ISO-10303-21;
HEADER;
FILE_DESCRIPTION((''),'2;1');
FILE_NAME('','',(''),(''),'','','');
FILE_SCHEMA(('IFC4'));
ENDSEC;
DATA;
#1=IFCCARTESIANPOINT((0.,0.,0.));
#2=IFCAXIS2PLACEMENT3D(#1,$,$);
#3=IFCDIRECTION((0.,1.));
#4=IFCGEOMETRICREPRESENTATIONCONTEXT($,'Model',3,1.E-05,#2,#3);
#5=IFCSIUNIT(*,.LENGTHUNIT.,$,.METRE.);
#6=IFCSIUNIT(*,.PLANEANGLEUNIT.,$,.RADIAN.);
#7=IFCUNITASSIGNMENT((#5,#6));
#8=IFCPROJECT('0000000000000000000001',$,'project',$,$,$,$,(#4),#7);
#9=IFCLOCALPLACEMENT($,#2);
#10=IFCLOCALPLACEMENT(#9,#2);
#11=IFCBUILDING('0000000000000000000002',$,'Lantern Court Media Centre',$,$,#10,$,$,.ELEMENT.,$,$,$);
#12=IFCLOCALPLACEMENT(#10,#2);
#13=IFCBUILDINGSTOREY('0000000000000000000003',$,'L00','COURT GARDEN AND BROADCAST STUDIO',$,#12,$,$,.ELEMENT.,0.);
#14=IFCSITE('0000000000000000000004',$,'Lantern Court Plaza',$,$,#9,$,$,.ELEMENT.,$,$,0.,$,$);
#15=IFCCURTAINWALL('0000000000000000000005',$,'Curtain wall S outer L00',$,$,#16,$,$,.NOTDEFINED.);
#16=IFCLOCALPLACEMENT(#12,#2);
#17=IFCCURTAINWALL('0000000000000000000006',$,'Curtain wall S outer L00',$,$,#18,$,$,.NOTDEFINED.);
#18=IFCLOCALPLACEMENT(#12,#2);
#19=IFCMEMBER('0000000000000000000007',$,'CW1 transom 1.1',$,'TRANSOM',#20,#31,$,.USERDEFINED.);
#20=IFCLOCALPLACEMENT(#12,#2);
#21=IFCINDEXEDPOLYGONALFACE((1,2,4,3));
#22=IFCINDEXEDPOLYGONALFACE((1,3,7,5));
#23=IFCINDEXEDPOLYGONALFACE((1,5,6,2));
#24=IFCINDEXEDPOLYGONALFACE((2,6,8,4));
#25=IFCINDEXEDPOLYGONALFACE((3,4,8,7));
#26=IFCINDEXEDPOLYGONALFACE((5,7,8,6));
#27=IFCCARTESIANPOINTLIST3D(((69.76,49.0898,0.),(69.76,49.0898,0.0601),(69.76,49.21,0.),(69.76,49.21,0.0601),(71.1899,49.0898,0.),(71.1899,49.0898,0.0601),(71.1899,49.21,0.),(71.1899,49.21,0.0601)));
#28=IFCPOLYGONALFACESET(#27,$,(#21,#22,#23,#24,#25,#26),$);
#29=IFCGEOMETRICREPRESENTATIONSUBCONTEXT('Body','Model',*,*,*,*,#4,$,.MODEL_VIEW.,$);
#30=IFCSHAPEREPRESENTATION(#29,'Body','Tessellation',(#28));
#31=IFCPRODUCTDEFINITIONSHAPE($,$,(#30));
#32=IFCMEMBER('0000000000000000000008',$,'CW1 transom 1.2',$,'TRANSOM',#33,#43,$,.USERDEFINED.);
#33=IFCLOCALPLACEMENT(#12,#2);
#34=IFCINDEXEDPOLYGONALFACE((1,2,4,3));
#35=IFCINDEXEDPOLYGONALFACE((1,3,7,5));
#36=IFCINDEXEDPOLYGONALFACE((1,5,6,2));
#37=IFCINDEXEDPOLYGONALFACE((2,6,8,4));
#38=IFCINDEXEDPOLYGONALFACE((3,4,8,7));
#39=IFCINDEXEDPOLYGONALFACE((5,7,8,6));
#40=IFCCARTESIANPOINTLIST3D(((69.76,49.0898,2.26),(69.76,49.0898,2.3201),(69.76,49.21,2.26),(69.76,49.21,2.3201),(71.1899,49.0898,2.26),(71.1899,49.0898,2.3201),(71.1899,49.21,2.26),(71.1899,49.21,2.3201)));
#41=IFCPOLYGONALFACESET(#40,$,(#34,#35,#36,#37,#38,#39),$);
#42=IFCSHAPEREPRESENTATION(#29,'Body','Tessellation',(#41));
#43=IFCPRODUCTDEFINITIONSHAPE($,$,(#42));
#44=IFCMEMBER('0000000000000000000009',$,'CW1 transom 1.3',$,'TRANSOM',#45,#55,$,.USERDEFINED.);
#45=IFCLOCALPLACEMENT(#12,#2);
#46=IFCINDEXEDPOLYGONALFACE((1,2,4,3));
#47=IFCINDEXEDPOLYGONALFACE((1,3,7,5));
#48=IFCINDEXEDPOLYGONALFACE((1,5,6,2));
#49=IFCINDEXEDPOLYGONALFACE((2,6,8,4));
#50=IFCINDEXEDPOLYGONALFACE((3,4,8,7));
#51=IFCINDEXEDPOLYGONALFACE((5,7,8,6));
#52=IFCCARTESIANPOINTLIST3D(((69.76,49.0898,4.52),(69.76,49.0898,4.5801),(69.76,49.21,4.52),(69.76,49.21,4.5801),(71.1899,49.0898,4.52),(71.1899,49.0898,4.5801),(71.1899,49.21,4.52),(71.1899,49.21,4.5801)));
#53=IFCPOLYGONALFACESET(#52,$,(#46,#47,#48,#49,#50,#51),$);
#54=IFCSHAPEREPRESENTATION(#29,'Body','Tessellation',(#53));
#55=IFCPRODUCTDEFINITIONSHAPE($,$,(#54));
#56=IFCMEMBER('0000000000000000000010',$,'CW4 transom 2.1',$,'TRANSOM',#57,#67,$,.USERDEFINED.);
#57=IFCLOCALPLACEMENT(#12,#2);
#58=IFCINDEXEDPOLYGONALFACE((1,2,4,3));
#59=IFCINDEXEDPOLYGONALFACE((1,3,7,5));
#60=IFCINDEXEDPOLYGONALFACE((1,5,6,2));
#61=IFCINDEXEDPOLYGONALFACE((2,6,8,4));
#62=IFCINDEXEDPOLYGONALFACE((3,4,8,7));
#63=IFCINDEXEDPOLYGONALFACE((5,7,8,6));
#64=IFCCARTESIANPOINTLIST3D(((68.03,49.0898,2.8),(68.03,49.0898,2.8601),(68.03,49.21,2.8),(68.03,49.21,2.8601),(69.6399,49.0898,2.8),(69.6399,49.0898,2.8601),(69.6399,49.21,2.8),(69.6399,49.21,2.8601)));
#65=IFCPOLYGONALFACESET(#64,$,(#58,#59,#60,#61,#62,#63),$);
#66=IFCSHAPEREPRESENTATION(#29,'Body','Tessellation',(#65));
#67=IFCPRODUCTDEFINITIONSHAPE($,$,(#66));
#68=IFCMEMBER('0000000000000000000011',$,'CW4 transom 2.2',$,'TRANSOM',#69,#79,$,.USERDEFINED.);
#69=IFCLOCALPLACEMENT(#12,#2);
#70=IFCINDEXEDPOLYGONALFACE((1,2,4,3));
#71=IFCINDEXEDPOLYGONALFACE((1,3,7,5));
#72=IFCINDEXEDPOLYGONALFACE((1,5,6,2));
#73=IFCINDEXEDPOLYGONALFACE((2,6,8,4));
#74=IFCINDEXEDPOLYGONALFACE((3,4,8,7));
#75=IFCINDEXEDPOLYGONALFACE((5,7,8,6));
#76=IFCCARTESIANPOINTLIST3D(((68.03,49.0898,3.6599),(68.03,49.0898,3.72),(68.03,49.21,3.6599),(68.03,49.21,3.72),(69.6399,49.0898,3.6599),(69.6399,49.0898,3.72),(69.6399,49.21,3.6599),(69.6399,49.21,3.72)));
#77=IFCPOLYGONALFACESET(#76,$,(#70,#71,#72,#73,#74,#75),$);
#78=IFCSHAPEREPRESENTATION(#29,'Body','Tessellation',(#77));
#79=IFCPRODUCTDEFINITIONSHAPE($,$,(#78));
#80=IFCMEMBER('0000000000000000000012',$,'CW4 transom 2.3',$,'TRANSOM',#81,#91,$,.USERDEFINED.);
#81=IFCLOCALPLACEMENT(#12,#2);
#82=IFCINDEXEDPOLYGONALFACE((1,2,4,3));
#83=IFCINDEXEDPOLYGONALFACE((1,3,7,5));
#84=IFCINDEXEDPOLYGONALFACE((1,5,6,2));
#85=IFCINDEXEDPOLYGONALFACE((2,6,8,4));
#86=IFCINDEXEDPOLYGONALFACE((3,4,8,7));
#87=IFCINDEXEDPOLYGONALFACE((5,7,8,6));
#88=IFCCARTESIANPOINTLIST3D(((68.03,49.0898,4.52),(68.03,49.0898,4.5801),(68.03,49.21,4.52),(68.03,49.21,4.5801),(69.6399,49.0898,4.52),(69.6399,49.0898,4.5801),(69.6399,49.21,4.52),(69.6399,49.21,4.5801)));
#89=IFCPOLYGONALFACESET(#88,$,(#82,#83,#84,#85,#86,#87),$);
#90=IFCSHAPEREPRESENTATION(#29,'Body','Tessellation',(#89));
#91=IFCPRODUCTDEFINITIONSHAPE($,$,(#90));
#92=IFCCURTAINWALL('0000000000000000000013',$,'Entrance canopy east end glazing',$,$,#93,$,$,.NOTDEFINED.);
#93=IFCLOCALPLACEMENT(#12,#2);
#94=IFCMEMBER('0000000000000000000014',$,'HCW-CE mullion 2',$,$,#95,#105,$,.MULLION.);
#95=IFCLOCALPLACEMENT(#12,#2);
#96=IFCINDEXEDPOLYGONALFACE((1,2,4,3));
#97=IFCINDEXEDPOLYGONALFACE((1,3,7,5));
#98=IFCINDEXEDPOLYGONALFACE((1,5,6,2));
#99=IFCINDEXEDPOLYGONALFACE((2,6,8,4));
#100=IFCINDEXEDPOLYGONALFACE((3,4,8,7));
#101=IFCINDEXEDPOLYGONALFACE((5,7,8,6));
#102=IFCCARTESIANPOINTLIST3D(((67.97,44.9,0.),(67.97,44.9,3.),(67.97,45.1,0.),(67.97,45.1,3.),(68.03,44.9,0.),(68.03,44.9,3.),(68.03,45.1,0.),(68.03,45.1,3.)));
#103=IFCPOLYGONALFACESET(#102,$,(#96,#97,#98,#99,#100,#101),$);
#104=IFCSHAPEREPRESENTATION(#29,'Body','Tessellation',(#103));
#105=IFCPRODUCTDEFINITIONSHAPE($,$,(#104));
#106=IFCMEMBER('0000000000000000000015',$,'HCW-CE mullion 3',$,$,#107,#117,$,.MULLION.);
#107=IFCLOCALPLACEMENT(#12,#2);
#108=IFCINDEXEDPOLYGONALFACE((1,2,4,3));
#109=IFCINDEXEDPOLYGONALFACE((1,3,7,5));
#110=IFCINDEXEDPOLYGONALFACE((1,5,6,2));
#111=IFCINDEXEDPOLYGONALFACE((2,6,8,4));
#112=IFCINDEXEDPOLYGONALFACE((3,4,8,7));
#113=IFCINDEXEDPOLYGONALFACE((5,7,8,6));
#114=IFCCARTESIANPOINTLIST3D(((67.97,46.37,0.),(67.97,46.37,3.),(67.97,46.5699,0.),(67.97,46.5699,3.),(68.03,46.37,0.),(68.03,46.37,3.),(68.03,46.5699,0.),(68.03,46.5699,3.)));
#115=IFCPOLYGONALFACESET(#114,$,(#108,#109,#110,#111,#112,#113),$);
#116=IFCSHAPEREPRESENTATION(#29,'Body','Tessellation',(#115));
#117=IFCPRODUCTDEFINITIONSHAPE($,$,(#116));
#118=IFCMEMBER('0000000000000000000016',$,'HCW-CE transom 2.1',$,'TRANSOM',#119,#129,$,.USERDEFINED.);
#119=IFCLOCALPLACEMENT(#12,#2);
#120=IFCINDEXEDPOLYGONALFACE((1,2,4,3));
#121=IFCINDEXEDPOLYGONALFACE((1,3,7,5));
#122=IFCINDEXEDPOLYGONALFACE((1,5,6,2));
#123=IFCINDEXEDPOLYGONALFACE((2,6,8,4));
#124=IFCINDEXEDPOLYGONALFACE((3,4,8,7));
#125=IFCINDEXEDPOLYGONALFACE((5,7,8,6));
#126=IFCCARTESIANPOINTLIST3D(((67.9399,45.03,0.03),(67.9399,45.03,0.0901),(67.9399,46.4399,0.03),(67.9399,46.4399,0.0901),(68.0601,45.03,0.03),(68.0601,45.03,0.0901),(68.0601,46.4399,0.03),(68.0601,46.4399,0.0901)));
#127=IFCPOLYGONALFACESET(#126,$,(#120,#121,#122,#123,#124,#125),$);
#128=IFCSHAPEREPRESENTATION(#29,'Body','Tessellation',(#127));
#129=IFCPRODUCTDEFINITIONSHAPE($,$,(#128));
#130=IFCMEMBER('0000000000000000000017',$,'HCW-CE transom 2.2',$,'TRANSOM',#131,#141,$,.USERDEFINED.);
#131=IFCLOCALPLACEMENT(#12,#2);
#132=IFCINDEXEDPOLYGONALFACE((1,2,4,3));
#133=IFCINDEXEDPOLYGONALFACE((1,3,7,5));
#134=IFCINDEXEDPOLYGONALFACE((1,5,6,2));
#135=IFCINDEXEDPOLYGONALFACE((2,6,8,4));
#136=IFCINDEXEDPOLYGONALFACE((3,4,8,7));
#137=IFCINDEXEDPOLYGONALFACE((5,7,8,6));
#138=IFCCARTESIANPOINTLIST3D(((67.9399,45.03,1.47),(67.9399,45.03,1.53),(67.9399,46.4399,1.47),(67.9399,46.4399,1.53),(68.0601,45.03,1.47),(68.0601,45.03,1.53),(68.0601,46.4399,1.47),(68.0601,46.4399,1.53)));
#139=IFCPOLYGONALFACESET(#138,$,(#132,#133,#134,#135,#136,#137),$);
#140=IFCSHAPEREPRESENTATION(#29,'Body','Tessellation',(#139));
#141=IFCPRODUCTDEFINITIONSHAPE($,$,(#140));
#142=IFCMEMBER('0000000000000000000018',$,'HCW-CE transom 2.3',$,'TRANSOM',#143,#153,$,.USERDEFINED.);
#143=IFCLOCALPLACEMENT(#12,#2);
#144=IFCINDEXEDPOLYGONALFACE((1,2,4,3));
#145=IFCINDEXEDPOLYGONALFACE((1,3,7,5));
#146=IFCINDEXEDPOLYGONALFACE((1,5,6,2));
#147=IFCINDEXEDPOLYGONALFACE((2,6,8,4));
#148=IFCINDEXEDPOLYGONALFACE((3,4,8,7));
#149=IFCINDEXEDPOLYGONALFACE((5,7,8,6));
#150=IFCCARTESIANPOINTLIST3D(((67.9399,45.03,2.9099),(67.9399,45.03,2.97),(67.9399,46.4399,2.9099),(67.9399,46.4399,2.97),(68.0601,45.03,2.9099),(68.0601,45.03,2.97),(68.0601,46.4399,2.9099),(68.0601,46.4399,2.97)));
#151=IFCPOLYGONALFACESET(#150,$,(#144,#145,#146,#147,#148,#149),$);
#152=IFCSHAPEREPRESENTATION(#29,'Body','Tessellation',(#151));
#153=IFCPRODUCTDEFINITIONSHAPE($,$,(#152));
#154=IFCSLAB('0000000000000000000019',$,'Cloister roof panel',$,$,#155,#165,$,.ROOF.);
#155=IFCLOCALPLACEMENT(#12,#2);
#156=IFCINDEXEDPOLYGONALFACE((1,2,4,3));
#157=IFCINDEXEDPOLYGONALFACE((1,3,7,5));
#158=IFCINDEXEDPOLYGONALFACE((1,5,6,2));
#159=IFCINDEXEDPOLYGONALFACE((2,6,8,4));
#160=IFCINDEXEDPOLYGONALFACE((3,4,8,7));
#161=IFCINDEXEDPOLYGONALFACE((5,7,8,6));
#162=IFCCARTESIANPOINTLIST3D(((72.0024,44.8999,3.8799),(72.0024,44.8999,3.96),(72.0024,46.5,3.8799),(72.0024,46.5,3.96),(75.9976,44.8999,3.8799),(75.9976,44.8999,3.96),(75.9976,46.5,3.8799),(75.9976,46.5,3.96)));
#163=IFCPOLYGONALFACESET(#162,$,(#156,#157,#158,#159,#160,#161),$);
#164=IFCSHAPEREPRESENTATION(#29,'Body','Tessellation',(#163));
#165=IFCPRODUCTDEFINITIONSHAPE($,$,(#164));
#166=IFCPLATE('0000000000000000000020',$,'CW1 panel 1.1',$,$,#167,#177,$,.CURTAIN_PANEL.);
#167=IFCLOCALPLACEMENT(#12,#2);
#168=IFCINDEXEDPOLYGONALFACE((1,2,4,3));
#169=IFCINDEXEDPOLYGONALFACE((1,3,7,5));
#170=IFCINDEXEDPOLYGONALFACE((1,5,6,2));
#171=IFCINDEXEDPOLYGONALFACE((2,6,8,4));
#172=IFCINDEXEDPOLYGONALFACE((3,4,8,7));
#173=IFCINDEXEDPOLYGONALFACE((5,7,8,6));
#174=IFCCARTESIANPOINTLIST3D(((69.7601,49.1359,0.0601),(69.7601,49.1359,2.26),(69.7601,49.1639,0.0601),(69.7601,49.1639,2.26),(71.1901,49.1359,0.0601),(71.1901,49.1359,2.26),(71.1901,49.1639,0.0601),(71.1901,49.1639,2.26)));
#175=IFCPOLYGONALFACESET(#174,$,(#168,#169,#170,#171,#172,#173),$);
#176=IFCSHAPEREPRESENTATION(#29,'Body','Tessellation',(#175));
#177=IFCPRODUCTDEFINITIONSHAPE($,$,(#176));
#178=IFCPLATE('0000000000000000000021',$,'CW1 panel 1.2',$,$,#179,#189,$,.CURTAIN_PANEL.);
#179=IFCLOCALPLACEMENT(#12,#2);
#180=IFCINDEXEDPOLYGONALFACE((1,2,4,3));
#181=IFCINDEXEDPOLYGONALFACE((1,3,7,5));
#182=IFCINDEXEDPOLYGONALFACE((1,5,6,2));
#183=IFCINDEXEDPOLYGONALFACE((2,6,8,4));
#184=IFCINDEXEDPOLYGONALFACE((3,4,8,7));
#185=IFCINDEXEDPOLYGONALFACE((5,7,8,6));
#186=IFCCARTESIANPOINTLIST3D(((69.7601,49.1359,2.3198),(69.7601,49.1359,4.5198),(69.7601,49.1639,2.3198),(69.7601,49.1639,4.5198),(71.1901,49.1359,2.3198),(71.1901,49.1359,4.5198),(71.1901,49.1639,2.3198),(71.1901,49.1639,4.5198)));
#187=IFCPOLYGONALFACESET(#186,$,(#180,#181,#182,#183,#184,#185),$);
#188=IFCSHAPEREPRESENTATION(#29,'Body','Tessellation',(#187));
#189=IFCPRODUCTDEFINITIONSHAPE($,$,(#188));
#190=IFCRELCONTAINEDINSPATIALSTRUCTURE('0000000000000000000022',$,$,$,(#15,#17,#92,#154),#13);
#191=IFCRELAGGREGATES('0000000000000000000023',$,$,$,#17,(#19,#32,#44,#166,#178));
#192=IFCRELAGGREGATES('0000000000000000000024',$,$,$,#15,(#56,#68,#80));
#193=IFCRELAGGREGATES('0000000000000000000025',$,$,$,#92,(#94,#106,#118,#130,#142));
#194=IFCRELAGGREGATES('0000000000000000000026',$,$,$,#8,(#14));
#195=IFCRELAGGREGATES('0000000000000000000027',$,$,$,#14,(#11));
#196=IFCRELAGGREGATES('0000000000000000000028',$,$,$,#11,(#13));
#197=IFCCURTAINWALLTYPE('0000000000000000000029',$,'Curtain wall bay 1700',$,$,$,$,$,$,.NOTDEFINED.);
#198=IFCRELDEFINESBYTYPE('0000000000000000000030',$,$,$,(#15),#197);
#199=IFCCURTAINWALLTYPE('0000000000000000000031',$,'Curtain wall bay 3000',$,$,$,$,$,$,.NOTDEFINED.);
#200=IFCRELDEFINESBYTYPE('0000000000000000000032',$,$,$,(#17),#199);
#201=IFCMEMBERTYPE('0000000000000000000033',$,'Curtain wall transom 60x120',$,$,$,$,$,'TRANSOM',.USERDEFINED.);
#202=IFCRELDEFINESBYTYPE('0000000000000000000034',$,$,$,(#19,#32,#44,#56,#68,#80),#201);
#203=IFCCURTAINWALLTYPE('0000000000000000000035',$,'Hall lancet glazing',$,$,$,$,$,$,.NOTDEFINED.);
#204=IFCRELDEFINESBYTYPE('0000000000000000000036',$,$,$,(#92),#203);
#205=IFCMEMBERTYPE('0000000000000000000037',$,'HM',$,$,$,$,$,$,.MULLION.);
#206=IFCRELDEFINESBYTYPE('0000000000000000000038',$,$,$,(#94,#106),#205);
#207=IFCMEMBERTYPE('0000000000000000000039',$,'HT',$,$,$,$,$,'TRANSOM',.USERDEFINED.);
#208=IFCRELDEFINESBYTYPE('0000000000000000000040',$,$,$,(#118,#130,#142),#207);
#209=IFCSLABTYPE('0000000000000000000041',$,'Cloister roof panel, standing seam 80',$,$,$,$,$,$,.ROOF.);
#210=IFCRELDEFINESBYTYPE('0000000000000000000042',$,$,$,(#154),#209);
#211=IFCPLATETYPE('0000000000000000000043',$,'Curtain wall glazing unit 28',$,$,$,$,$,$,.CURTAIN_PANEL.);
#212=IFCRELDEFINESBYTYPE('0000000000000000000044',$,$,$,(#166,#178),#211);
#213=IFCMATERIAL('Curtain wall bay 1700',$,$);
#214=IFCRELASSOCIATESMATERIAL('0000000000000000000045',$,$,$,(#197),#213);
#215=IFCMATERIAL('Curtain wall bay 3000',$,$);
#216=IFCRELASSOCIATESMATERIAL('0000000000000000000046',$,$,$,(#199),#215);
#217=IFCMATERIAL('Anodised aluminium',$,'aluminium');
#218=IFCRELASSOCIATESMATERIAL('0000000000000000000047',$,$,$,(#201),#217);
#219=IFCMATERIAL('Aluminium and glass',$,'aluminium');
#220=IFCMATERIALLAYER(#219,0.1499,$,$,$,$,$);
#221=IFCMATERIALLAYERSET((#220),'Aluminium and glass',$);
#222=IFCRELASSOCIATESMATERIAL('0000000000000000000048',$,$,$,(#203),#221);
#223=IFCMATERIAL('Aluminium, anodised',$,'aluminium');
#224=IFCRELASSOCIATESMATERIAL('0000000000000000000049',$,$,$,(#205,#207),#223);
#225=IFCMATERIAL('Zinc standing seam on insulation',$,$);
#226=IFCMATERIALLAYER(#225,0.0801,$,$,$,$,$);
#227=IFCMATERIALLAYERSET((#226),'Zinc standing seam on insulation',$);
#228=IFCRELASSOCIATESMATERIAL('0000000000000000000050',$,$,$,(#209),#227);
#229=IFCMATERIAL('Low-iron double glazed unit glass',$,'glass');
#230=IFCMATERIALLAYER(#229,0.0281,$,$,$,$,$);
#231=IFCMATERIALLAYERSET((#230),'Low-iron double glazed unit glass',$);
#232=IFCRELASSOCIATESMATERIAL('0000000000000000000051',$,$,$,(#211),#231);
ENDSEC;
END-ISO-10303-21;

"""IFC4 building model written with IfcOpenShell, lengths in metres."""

from ifc_helpers import new_model, si_unit, direction, frame, origin, origin_2d, place, context, subcontext, project, spatial, polyline, rectangle, outline, extrude, material, layer, layer_set, material_profile, profile_set, type_object, element, aggregate, save


model = new_model("IFC4")

# Units and contexts
model_context = context("Model", 3, precision=1e-05, world=origin(), true_north=direction((0.0, 1.0)))
body_context = subcontext(model_context, "Body", "Model", "MODEL_VIEW")
ifc_project = project(units=[si_unit("LENGTHUNIT", "METRE"), si_unit("PLANEANGLEUNIT", "RADIAN")], contexts=[model_context])

# Site, building, storey
site_placement = place(None, origin())
site = spatial("IfcSite", under=ifc_project, at=site_placement, Name="Lantern Court Plaza", CompositionType="ELEMENT", RefElevation=0.0)
building_placement = place(site_placement, origin())
building = spatial("IfcBuilding", under=site, at=building_placement, Name="Lantern Court Media Centre", CompositionType="ELEMENT")
storey_placement = place(building_placement, origin())
storey = spatial("IfcBuildingStorey", under=building, at=storey_placement, Name="L00", Description="COURT GARDEN AND BROADCAST STUDIO", CompositionType="ELEMENT", Elevation=0.0)

# Curtain walls, members
ifc_material_1 = material(Name="Curtain wall bay 1700")
curtain_wall_type_1 = type_object("IfcCurtainWallType", Name="Curtain wall bay 1700", PredefinedType="NOTDEFINED", material=ifc_material_1)
curtain_wall_1_placement = place(storey_placement, origin())
curtain_wall_1 = element("IfcCurtainWall", 1, at=curtain_wall_1_placement, inside=storey, type_object=curtain_wall_type_1, Name="Curtain wall S outer L00", PredefinedType="NOTDEFINED")
ifc_material_2 = material(Name="Anodised aluminium", Category="aluminium")
ifc_material_3 = material(Name="Curtain wall bay 3000")
curtain_wall_type_2 = type_object("IfcCurtainWallType", Name="Curtain wall bay 3000", PredefinedType="NOTDEFINED", material=ifc_material_3)
curtain_wall_2_placement = place(storey_placement, origin())
curtain_wall_2 = element("IfcCurtainWall", 2, at=curtain_wall_2_placement, inside=storey, type_object=curtain_wall_type_2, Name="Curtain wall S outer L00", PredefinedType="NOTDEFINED")
ifc_material_profile_1 = material_profile(ifc_material_2, rectangle(XDim=0.1201, YDim=0.0601, at=origin_2d()), Name="AL 60x120")
ifc_profile_set_1 = profile_set([ifc_material_profile_1], Name="Anodised aluminium")
member_type_1 = type_object("IfcMemberType", Name="Curtain wall transom 60x120", ElementType="TRANSOM", PredefinedType="USERDEFINED", material=ifc_profile_set_1)
member_1_placement = place(storey_placement, frame((69.76, 49.1499, 0.03), z_axis=(1.0, 0.0, 0.0), x_axis=(0.0, 1.0, 0.0)))
member_1 = element("IfcMember", 3, at=member_1_placement, type_object=member_type_1, Name="CW1 transom 1.1", ObjectType="TRANSOM", PredefinedType="USERDEFINED", context=body_context, shape_type="SweptSolid", body=[
    extrude(rectangle(XDim=0.1201, YDim=0.0601, at=origin_2d()), origin(), (0.0, 0.0, 1.0), 1.4299),
])
member_2_placement = place(storey_placement, frame((69.76, 49.1499, 2.29), z_axis=(1.0, 0.0, 0.0), x_axis=(0.0, 1.0, 0.0)))
member_2 = element("IfcMember", 4, at=member_2_placement, type_object=member_type_1, Name="CW1 transom 1.2", ObjectType="TRANSOM", PredefinedType="USERDEFINED", context=body_context, shape_type="SweptSolid", body=[
    extrude(rectangle(XDim=0.1201, YDim=0.0601, at=origin_2d()), origin(), (0.0, 0.0, 1.0), 1.4299),
])
member_3_placement = place(storey_placement, frame((69.76, 49.1499, 4.55), z_axis=(1.0, 0.0, 0.0), x_axis=(0.0, 1.0, 0.0)))
member_3 = element("IfcMember", 5, at=member_3_placement, type_object=member_type_1, Name="CW1 transom 1.3", ObjectType="TRANSOM", PredefinedType="USERDEFINED", context=body_context, shape_type="SweptSolid", body=[
    extrude(rectangle(XDim=0.1201, YDim=0.0601, at=origin_2d()), origin(), (0.0, 0.0, 1.0), 1.4299),
])

# Members
member_4_placement = place(storey_placement, frame((68.03, 49.1499, 2.8301), z_axis=(1.0, 0.0, 0.0), x_axis=(0.0, 1.0, 0.0)))
member_4 = element("IfcMember", 6, at=member_4_placement, type_object=member_type_1, Name="CW4 transom 2.1", ObjectType="TRANSOM", PredefinedType="USERDEFINED", context=body_context, shape_type="SweptSolid", body=[
    extrude(rectangle(XDim=0.1201, YDim=0.0601, at=origin_2d()), origin(), (0.0, 0.0, 1.0), 1.6099),
])
member_5_placement = place(storey_placement, frame((68.03, 49.1499, 3.6899), z_axis=(1.0, 0.0, 0.0), x_axis=(0.0, 1.0, 0.0)))
member_5 = element("IfcMember", 7, at=member_5_placement, type_object=member_type_1, Name="CW4 transom 2.2", ObjectType="TRANSOM", PredefinedType="USERDEFINED", context=body_context, shape_type="SweptSolid", body=[
    extrude(rectangle(XDim=0.1201, YDim=0.0601, at=origin_2d()), origin(), (0.0, 0.0, 1.0), 1.6099),
])
member_6_placement = place(storey_placement, frame((68.03, 49.1499, 4.55), z_axis=(1.0, 0.0, 0.0), x_axis=(0.0, 1.0, 0.0)))
member_6 = element("IfcMember", 8, at=member_6_placement, type_object=member_type_1, Name="CW4 transom 2.3", ObjectType="TRANSOM", PredefinedType="USERDEFINED", context=body_context, shape_type="SweptSolid", body=[
    extrude(rectangle(XDim=0.1201, YDim=0.0601, at=origin_2d()), origin(), (0.0, 0.0, 1.0), 1.6099),
])

# Curtain wall, members
ifc_material_4 = material(Name="Aluminium and glass", Category="aluminium")
ifc_layer_1 = layer(ifc_material_4, 0.1499)
ifc_layer_set_1 = layer_set([ifc_layer_1], Name="Aluminium and glass")
curtain_wall_type_3 = type_object("IfcCurtainWallType", Name="Hall lancet glazing", PredefinedType="NOTDEFINED", material=ifc_layer_set_1)
curtain_wall_3_placement = place(storey_placement, origin())
curtain_wall_3 = element("IfcCurtainWall", 9, at=curtain_wall_3_placement, inside=storey, type_object=curtain_wall_type_3, Name="Entrance canopy east end glazing", PredefinedType="NOTDEFINED")
ifc_material_5 = material(Name="Aluminium, anodised", Category="aluminium")
ifc_material_profile_2 = material_profile(ifc_material_5, rectangle(XDim=0.0601, YDim=0.2, at=origin_2d()), Name="HM")
ifc_profile_set_2 = profile_set([ifc_material_profile_2], Name="Aluminium, anodised")
member_type_2 = type_object("IfcMemberType", Name="HM", PredefinedType="MULLION", material=ifc_profile_set_2)
member_7_placement = place(storey_placement, frame((68.0, 45.0, 0.0), z_axis=(0.0, 0.0, 1.0), x_axis=(-1.0, 0.0, 0.0)))
member_7 = element("IfcMember", 10, at=member_7_placement, type_object=member_type_2, Name="HCW-CE mullion 2", PredefinedType="MULLION", context=body_context, shape_type="SweptSolid", body=[
    extrude(rectangle(XDim=0.0601, YDim=0.2, at=origin_2d()), origin(), (0.0, 0.0, 1.0), 3.0),
])
member_8_placement = place(storey_placement, frame((68.0, 46.47, 0.0), z_axis=(0.0, 0.0, 1.0), x_axis=(-1.0, 0.0, 0.0)))
member_8 = element("IfcMember", 11, at=member_8_placement, type_object=member_type_2, Name="HCW-CE mullion 3", PredefinedType="MULLION", context=body_context, shape_type="SweptSolid", body=[
    extrude(rectangle(XDim=0.0601, YDim=0.2, at=origin_2d()), origin(), (0.0, 0.0, 1.0), 3.0),
])
ifc_material_profile_3 = material_profile(ifc_material_5, rectangle(XDim=0.1201, YDim=0.0601, at=origin_2d()), Name="HT")
ifc_profile_set_3 = profile_set([ifc_material_profile_3], Name="Aluminium, anodised")
member_type_3 = type_object("IfcMemberType", Name="HT", ElementType="TRANSOM", PredefinedType="USERDEFINED", material=ifc_profile_set_3)
member_9_placement = place(storey_placement, frame((68.0, 45.03, 0.0601), z_axis=(0.0, 1.0, 0.0), x_axis=(-1.0, 0.0, 0.0)))
member_9 = element("IfcMember", 12, at=member_9_placement, type_object=member_type_3, Name="HCW-CE transom 2.1", ObjectType="TRANSOM", PredefinedType="USERDEFINED", context=body_context, shape_type="SweptSolid", body=[
    extrude(rectangle(XDim=0.1201, YDim=0.0601, at=origin_2d()), origin(), (0.0, 0.0, 1.0), 1.4099),
])
member_10_placement = place(storey_placement, frame((68.0, 45.03, 1.5), z_axis=(0.0, 1.0, 0.0), x_axis=(-1.0, 0.0, 0.0)))
member_10 = element("IfcMember", 13, at=member_10_placement, type_object=member_type_3, Name="HCW-CE transom 2.2", ObjectType="TRANSOM", PredefinedType="USERDEFINED", context=body_context, shape_type="SweptSolid", body=[
    extrude(rectangle(XDim=0.1201, YDim=0.0601, at=origin_2d()), origin(), (0.0, 0.0, 1.0), 1.4099),
])
member_11_placement = place(storey_placement, frame((68.0, 45.03, 2.9399), z_axis=(0.0, 1.0, 0.0), x_axis=(-1.0, 0.0, 0.0)))
member_11 = element("IfcMember", 14, at=member_11_placement, type_object=member_type_3, Name="HCW-CE transom 2.3", ObjectType="TRANSOM", PredefinedType="USERDEFINED", context=body_context, shape_type="SweptSolid", body=[
    extrude(rectangle(XDim=0.1201, YDim=0.0601, at=origin_2d()), origin(), (0.0, 0.0, 1.0), 1.4099),
])

# Slab
ifc_material_6 = material(Name="Zinc standing seam on insulation")
ifc_layer_2 = layer(ifc_material_6, 0.0801)
ifc_layer_set_2 = layer_set([ifc_layer_2], Name="Zinc standing seam on insulation")
slab_type = type_object("IfcSlabType", Name="Cloister roof panel, standing seam 80", PredefinedType="ROOF", material=ifc_layer_set_2)
slab_placement = place(storey_placement, frame((72.0024, 44.8999, 3.96), z_axis=(0.0, 0.0, 1.0), x_axis=(1.0, 0.0, 0.0)))
element("IfcSlab", 15, at=slab_placement, inside=storey, type_object=slab_type, Name="Cloister roof panel", PredefinedType="ROOF", context=body_context, shape_type="SweptSolid", body=[
    extrude(outline(polyline([(0.0, 0.0), (3.9951, 0.0), (3.9951, 1.6001), (0.0, 1.6001), (0.0, 0.0)])), origin(), (0.0, 0.0, -1.0), 0.0801),
])

# Plates
ifc_material_7 = material(Name="Low-iron double glazed unit glass", Category="glass")
ifc_layer_3 = layer(ifc_material_7, 0.0281)
ifc_layer_set_3 = layer_set([ifc_layer_3], Name="Low-iron double glazed unit glass")
plate_type_1 = type_object("IfcPlateType", Name="Curtain wall glazing unit 28", PredefinedType="CURTAIN_PANEL", material=ifc_layer_set_3)
plate_1_placement = place(storey_placement, frame((70.4751, 49.1499, 0.0601), z_axis=(0.0, 0.0, 1.0), x_axis=(1.0, 0.0, 0.0)))
plate_1 = element("IfcPlate", 16, at=plate_1_placement, type_object=plate_type_1, Name="CW1 panel 1.1", PredefinedType="CURTAIN_PANEL", context=body_context, shape_type="SweptSolid", body=[
    extrude(rectangle(XDim=1.4299, YDim=0.0281, at=origin_2d()), origin(), (0.0, 0.0, 1.0), 2.2),
])
plate_2_placement = place(storey_placement, frame((70.4751, 49.1499, 2.3198), z_axis=(0.0, 0.0, 1.0), x_axis=(1.0, 0.0, 0.0)))
plate_2 = element("IfcPlate", 17, at=plate_2_placement, type_object=plate_type_1, Name="CW1 panel 1.2", PredefinedType="CURTAIN_PANEL", context=body_context, shape_type="SweptSolid", body=[
    extrude(rectangle(XDim=1.4299, YDim=0.0281, at=origin_2d()), origin(), (0.0, 0.0, 1.0), 2.2),
])
aggregate(curtain_wall_2, [member_1, member_2, member_3, plate_1, plate_2])
aggregate(curtain_wall_1, [member_4, member_5, member_6])
aggregate(curtain_wall_3, [member_7, member_8, member_9, member_10, member_11])

save(model, "model.ifc")
